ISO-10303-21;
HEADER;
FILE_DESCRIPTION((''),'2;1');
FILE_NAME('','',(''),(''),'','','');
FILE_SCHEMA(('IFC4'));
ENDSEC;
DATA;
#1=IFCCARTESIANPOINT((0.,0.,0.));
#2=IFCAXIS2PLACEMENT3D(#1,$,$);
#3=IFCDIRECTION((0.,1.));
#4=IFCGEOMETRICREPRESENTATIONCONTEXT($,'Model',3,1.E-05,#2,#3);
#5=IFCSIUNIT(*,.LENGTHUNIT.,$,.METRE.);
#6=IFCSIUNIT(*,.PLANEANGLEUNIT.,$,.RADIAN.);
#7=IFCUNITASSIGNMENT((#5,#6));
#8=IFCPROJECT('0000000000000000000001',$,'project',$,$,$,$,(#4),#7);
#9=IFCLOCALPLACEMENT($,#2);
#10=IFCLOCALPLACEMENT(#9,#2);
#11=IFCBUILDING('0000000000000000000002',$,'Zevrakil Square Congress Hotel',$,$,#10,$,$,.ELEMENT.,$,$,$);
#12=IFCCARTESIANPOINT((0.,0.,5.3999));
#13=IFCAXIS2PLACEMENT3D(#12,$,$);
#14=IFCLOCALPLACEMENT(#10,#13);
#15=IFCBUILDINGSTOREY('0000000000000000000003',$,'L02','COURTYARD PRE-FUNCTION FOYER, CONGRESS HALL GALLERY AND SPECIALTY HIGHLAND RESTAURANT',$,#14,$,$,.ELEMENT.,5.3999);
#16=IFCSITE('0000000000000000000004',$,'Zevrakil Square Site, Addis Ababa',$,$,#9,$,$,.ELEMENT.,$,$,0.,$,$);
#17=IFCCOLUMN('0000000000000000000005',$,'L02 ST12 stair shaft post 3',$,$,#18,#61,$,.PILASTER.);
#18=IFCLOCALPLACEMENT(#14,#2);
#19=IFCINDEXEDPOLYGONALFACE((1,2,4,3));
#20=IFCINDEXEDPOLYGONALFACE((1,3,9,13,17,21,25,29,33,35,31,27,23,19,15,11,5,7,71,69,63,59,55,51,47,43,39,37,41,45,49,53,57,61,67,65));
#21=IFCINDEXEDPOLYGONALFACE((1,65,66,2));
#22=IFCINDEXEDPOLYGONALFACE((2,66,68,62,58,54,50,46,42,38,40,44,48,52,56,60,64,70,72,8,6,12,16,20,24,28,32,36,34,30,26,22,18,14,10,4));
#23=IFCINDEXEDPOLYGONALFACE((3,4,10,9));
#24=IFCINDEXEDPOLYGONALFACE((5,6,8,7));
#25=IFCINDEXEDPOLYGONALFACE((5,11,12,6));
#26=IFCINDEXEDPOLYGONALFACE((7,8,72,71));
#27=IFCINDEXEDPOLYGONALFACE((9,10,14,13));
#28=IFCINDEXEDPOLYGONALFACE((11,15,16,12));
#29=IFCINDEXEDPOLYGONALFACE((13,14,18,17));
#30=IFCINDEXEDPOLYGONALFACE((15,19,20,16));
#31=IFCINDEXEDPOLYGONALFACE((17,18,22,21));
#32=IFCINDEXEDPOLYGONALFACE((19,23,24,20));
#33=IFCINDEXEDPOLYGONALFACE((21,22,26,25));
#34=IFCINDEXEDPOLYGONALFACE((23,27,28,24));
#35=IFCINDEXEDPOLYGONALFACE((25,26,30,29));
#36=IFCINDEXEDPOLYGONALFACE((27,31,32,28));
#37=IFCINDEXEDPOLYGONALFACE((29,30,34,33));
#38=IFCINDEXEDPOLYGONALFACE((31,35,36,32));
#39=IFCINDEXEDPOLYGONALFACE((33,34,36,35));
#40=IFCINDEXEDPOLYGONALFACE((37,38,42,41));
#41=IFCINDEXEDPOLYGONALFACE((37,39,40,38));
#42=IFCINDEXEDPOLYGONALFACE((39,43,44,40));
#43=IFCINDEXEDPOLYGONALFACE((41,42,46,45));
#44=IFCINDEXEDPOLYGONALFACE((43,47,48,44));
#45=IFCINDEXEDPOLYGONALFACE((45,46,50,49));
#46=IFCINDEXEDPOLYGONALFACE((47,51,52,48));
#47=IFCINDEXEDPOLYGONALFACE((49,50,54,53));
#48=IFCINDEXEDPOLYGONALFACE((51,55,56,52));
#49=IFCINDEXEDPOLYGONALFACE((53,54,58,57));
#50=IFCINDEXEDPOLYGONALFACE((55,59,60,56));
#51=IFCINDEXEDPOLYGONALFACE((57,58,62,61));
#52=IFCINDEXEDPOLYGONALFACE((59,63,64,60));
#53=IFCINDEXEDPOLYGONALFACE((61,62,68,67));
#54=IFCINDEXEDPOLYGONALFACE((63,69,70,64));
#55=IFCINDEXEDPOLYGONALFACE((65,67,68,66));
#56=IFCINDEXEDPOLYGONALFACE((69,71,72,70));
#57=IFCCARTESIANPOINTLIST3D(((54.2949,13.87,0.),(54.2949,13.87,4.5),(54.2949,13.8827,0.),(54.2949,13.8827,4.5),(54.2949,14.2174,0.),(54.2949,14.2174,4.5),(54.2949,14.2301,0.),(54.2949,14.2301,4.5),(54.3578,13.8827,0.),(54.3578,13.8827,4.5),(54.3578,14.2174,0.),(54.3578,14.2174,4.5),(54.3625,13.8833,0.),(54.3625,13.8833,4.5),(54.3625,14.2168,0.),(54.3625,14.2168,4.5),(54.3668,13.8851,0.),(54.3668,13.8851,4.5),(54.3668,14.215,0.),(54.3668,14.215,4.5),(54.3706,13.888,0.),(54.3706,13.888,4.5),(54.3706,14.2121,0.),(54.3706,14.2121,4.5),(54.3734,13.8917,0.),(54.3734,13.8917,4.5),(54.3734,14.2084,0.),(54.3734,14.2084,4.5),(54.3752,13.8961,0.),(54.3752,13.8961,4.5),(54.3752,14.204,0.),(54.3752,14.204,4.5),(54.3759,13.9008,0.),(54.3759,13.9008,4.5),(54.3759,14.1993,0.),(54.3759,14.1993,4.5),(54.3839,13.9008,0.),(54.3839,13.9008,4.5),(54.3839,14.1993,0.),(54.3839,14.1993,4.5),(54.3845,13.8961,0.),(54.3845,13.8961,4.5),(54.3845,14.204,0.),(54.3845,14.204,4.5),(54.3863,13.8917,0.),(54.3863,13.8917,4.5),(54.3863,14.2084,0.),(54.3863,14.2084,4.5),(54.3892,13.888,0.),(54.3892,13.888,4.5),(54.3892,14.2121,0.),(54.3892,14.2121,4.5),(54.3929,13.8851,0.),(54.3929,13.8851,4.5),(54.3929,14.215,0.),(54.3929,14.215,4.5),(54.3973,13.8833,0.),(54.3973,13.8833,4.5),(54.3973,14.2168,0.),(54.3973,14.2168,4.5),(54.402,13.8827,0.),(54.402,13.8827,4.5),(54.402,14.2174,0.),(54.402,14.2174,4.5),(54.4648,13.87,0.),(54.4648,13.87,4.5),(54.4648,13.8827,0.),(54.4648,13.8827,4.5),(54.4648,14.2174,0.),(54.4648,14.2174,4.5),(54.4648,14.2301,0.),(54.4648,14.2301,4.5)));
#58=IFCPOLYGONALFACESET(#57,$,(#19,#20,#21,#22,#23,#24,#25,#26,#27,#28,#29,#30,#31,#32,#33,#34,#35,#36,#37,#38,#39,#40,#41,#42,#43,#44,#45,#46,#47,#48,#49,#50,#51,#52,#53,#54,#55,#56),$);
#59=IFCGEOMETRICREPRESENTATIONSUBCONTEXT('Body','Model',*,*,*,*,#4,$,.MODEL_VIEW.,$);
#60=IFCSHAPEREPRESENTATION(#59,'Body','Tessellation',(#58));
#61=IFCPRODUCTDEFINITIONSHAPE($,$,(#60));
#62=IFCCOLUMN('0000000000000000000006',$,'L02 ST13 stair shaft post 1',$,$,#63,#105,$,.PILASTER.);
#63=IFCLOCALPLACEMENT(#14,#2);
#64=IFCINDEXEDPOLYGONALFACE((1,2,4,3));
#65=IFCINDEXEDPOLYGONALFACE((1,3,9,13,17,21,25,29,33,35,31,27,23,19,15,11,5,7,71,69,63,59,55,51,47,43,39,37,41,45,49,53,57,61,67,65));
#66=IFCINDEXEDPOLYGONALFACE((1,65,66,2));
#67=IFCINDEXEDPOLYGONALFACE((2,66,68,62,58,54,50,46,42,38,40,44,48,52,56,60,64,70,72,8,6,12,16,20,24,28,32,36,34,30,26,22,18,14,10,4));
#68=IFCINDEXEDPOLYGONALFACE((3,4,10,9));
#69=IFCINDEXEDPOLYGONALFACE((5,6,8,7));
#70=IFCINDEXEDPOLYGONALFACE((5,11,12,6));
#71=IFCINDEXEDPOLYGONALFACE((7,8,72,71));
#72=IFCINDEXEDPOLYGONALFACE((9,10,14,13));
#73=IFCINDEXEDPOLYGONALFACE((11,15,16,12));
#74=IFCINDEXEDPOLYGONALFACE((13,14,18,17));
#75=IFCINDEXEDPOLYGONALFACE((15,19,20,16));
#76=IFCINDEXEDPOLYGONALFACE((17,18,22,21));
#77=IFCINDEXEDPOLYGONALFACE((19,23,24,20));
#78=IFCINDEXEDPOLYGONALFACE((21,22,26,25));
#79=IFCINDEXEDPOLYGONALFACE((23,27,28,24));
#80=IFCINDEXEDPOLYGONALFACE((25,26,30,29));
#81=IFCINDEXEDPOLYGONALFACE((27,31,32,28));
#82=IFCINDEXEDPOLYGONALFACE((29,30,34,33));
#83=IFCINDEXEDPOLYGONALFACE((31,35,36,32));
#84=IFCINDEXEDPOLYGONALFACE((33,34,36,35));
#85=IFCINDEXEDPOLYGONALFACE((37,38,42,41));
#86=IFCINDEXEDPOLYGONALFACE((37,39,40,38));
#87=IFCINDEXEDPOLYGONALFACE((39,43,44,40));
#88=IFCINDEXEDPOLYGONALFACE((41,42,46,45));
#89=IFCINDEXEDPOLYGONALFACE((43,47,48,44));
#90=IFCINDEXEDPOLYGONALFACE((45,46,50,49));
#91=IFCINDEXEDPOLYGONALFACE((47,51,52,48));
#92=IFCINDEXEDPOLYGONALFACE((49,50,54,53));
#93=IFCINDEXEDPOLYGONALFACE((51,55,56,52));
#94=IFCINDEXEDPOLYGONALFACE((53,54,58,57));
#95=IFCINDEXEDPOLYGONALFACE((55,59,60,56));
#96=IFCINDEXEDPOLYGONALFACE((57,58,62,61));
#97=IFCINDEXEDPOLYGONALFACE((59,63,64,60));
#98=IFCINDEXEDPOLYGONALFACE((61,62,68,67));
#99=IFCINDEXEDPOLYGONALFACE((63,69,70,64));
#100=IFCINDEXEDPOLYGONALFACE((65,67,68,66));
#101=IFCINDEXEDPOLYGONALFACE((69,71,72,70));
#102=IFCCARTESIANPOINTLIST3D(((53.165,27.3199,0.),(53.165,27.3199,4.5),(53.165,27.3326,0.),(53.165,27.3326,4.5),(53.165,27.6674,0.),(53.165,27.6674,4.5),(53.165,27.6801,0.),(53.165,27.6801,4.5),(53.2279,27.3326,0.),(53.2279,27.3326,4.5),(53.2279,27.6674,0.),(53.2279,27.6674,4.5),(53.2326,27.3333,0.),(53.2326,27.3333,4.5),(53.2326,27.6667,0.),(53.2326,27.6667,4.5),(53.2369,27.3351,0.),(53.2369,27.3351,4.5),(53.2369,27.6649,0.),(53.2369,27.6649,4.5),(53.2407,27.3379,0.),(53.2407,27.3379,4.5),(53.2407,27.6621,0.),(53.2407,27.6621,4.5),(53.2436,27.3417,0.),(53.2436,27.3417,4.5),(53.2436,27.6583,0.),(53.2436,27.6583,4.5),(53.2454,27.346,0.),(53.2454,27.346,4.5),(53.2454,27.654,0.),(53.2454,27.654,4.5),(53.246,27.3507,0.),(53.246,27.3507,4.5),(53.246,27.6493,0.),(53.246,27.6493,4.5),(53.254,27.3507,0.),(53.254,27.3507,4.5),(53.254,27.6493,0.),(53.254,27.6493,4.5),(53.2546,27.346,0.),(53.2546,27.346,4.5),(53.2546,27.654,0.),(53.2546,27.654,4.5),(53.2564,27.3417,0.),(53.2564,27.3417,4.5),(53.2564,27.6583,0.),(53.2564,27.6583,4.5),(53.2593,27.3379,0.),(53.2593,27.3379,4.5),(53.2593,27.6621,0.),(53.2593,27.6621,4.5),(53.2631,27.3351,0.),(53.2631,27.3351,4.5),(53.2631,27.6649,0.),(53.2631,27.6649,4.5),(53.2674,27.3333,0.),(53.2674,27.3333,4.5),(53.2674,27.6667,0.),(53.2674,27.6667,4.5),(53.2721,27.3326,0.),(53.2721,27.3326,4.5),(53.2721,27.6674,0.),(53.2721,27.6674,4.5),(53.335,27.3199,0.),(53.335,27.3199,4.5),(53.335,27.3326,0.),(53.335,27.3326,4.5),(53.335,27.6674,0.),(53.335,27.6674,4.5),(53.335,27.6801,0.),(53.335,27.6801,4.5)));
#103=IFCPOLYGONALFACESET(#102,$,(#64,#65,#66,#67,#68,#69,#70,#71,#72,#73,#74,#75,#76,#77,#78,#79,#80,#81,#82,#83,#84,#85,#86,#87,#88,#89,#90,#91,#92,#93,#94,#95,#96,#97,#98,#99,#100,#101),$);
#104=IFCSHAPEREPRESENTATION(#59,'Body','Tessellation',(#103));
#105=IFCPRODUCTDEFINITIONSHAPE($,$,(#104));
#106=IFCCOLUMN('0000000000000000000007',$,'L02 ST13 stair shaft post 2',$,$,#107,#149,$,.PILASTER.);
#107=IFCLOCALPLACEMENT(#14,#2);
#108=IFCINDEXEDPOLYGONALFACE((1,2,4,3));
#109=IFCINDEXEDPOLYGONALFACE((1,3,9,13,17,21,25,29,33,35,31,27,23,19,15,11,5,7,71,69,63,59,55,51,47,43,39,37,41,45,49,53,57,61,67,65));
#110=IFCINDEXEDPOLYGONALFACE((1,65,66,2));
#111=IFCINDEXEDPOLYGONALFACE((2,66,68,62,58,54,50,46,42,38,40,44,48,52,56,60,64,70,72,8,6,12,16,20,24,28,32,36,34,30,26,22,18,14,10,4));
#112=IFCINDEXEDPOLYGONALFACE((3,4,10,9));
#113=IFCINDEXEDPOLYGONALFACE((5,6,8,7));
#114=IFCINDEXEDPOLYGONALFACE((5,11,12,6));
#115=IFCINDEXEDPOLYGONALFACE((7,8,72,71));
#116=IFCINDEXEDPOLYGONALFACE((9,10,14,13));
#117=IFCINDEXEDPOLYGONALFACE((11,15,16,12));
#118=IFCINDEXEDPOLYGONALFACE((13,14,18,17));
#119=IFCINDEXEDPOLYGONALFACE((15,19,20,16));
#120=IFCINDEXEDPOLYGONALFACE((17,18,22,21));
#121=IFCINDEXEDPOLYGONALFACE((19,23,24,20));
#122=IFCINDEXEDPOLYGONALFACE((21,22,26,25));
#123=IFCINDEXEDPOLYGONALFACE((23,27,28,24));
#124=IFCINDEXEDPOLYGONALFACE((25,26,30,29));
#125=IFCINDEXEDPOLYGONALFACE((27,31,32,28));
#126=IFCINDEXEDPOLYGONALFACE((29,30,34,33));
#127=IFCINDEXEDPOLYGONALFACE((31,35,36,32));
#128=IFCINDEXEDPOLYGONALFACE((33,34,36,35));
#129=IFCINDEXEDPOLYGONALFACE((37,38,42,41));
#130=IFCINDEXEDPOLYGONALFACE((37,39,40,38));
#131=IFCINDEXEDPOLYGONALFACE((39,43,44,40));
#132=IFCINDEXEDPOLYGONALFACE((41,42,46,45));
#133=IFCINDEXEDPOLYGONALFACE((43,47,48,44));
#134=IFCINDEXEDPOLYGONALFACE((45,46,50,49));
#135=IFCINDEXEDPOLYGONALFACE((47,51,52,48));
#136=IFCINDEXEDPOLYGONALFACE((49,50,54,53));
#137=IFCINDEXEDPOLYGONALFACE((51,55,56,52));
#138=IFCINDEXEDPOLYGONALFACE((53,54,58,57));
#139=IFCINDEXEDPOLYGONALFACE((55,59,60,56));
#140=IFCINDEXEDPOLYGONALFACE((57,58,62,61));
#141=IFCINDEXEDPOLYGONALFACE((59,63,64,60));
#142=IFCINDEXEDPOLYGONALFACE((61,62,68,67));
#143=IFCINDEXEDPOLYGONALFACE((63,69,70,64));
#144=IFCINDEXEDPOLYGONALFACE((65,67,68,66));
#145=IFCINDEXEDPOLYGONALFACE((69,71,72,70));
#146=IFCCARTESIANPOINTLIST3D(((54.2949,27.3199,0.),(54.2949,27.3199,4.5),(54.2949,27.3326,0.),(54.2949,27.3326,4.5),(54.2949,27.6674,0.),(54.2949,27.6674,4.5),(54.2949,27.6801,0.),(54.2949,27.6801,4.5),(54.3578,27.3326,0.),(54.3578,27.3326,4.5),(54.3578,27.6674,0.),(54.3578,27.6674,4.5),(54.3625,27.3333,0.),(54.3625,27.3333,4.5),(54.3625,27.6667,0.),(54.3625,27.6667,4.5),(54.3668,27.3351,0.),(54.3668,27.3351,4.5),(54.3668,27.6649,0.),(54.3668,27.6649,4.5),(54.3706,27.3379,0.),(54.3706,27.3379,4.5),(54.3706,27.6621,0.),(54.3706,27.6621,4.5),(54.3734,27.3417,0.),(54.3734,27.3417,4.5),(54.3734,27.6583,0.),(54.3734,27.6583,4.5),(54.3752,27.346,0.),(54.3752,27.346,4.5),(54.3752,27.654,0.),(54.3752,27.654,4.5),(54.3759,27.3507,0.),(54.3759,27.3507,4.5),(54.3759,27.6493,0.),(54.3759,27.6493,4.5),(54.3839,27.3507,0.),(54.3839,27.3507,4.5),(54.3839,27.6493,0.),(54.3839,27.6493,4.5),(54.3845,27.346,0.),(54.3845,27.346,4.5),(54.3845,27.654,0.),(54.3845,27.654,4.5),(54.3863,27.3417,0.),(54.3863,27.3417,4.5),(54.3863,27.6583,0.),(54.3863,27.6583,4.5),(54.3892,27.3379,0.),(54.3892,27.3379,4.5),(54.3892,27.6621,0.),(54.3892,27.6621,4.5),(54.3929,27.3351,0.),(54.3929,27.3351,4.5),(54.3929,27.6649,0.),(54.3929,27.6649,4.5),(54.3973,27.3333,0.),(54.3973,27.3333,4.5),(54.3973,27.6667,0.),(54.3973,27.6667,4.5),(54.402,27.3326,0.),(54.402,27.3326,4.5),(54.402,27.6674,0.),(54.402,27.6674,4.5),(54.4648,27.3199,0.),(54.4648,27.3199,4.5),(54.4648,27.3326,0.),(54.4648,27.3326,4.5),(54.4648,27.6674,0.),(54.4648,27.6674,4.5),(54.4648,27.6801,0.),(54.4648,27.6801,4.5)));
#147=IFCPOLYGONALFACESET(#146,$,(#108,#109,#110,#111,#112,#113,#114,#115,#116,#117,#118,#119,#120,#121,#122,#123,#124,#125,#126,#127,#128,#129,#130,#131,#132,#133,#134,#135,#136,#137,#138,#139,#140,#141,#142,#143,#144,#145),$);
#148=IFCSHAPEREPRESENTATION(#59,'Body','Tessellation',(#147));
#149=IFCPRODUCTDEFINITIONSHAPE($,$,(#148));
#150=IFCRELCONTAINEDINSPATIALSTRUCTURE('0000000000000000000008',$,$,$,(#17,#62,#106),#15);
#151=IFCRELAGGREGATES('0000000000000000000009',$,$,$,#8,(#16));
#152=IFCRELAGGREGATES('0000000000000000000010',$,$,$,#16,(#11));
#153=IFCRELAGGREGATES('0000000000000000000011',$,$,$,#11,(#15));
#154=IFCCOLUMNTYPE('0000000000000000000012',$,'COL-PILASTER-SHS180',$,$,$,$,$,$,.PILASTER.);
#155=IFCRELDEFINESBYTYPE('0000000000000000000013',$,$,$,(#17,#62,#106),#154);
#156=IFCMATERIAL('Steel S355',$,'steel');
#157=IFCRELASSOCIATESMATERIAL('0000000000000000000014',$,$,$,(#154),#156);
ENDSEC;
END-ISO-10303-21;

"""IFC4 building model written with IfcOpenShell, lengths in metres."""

from ifc_helpers import new_model, si_unit, direction, frame, origin, origin_2d, place, context, subcontext, project, spatial, i_section, extrude, material, material_profile, profile_set, type_object, element, save


model = new_model("IFC4")

# Units and contexts
model_context = context("Model", 3, precision=1e-05, world=origin(), true_north=direction((0.0, 1.0)))
body_context = subcontext(model_context, "Body", "Model", "MODEL_VIEW")
ifc_project = project(units=[si_unit("LENGTHUNIT", "METRE"), si_unit("PLANEANGLEUNIT", "RADIAN")], contexts=[model_context])

# Site, building, storey
site_placement = place(None, origin())
site = spatial("IfcSite", under=ifc_project, at=site_placement, Name="Zevrakil Square Site, Addis Ababa", CompositionType="ELEMENT", RefElevation=0.0)
building_placement = place(site_placement, origin())
building = spatial("IfcBuilding", under=site, at=building_placement, Name="Zevrakil Square Congress Hotel", CompositionType="ELEMENT")
storey_placement = place(building_placement, frame((0.0, 0.0, 5.3999)))
storey = spatial("IfcBuildingStorey", under=building, at=storey_placement, Name="L02", Description="COURTYARD PRE-FUNCTION FOYER, CONGRESS HALL GALLERY AND SPECIALTY HIGHLAND RESTAURANT", CompositionType="ELEMENT", Elevation=5.3999)

# Columns
ifc_material_1 = material(Name="Steel S355", Category="steel")
ifc_material_profile_1 = material_profile(ifc_material_1, i_section(OverallWidth=0.1699, OverallDepth=0.3601, WebThickness=0.0081, FlangeThickness=0.0127, FilletRadius=0.0181, at=origin_2d()), Name="IPE 360")
ifc_profile_set_1 = profile_set([ifc_material_profile_1], Name="Steel S355")
column_type_1 = type_object("IfcColumnType", Name="COL-PILASTER-SHS180", PredefinedType="PILASTER", material=ifc_profile_set_1)
for number, where, z_axis, x_axis, name in (
    (1, (54.3799, 14.05, 0.0), (0.0, 0.0, 1.0), (1.0, 0.0, 0.0), "L02 ST12 stair shaft post 3"),
    (2, (53.25, 27.5, 0.0), (0.0, 0.0, 1.0), (1.0, 0.0, 0.0), "L02 ST13 stair shaft post 1"),
    (3, (54.3799, 27.5, 0.0), (0.0, 0.0, 1.0), (1.0, 0.0, 0.0), "L02 ST13 stair shaft post 2"),
):
    element("IfcColumn", number, at=place(storey_placement, frame(where, z_axis=z_axis, x_axis=x_axis)), inside=storey, type_object=column_type_1, Name=name, PredefinedType="PILASTER", context=body_context, shape_type="SweptSolid", body=[
        extrude(i_section(OverallWidth=0.1699, OverallDepth=0.3601, WebThickness=0.0081, FlangeThickness=0.0127, FilletRadius=0.0181, at=origin_2d()), origin(), (0.0, 0.0, 1.0), 4.5),
    ])

save(model, "model.ifc")
